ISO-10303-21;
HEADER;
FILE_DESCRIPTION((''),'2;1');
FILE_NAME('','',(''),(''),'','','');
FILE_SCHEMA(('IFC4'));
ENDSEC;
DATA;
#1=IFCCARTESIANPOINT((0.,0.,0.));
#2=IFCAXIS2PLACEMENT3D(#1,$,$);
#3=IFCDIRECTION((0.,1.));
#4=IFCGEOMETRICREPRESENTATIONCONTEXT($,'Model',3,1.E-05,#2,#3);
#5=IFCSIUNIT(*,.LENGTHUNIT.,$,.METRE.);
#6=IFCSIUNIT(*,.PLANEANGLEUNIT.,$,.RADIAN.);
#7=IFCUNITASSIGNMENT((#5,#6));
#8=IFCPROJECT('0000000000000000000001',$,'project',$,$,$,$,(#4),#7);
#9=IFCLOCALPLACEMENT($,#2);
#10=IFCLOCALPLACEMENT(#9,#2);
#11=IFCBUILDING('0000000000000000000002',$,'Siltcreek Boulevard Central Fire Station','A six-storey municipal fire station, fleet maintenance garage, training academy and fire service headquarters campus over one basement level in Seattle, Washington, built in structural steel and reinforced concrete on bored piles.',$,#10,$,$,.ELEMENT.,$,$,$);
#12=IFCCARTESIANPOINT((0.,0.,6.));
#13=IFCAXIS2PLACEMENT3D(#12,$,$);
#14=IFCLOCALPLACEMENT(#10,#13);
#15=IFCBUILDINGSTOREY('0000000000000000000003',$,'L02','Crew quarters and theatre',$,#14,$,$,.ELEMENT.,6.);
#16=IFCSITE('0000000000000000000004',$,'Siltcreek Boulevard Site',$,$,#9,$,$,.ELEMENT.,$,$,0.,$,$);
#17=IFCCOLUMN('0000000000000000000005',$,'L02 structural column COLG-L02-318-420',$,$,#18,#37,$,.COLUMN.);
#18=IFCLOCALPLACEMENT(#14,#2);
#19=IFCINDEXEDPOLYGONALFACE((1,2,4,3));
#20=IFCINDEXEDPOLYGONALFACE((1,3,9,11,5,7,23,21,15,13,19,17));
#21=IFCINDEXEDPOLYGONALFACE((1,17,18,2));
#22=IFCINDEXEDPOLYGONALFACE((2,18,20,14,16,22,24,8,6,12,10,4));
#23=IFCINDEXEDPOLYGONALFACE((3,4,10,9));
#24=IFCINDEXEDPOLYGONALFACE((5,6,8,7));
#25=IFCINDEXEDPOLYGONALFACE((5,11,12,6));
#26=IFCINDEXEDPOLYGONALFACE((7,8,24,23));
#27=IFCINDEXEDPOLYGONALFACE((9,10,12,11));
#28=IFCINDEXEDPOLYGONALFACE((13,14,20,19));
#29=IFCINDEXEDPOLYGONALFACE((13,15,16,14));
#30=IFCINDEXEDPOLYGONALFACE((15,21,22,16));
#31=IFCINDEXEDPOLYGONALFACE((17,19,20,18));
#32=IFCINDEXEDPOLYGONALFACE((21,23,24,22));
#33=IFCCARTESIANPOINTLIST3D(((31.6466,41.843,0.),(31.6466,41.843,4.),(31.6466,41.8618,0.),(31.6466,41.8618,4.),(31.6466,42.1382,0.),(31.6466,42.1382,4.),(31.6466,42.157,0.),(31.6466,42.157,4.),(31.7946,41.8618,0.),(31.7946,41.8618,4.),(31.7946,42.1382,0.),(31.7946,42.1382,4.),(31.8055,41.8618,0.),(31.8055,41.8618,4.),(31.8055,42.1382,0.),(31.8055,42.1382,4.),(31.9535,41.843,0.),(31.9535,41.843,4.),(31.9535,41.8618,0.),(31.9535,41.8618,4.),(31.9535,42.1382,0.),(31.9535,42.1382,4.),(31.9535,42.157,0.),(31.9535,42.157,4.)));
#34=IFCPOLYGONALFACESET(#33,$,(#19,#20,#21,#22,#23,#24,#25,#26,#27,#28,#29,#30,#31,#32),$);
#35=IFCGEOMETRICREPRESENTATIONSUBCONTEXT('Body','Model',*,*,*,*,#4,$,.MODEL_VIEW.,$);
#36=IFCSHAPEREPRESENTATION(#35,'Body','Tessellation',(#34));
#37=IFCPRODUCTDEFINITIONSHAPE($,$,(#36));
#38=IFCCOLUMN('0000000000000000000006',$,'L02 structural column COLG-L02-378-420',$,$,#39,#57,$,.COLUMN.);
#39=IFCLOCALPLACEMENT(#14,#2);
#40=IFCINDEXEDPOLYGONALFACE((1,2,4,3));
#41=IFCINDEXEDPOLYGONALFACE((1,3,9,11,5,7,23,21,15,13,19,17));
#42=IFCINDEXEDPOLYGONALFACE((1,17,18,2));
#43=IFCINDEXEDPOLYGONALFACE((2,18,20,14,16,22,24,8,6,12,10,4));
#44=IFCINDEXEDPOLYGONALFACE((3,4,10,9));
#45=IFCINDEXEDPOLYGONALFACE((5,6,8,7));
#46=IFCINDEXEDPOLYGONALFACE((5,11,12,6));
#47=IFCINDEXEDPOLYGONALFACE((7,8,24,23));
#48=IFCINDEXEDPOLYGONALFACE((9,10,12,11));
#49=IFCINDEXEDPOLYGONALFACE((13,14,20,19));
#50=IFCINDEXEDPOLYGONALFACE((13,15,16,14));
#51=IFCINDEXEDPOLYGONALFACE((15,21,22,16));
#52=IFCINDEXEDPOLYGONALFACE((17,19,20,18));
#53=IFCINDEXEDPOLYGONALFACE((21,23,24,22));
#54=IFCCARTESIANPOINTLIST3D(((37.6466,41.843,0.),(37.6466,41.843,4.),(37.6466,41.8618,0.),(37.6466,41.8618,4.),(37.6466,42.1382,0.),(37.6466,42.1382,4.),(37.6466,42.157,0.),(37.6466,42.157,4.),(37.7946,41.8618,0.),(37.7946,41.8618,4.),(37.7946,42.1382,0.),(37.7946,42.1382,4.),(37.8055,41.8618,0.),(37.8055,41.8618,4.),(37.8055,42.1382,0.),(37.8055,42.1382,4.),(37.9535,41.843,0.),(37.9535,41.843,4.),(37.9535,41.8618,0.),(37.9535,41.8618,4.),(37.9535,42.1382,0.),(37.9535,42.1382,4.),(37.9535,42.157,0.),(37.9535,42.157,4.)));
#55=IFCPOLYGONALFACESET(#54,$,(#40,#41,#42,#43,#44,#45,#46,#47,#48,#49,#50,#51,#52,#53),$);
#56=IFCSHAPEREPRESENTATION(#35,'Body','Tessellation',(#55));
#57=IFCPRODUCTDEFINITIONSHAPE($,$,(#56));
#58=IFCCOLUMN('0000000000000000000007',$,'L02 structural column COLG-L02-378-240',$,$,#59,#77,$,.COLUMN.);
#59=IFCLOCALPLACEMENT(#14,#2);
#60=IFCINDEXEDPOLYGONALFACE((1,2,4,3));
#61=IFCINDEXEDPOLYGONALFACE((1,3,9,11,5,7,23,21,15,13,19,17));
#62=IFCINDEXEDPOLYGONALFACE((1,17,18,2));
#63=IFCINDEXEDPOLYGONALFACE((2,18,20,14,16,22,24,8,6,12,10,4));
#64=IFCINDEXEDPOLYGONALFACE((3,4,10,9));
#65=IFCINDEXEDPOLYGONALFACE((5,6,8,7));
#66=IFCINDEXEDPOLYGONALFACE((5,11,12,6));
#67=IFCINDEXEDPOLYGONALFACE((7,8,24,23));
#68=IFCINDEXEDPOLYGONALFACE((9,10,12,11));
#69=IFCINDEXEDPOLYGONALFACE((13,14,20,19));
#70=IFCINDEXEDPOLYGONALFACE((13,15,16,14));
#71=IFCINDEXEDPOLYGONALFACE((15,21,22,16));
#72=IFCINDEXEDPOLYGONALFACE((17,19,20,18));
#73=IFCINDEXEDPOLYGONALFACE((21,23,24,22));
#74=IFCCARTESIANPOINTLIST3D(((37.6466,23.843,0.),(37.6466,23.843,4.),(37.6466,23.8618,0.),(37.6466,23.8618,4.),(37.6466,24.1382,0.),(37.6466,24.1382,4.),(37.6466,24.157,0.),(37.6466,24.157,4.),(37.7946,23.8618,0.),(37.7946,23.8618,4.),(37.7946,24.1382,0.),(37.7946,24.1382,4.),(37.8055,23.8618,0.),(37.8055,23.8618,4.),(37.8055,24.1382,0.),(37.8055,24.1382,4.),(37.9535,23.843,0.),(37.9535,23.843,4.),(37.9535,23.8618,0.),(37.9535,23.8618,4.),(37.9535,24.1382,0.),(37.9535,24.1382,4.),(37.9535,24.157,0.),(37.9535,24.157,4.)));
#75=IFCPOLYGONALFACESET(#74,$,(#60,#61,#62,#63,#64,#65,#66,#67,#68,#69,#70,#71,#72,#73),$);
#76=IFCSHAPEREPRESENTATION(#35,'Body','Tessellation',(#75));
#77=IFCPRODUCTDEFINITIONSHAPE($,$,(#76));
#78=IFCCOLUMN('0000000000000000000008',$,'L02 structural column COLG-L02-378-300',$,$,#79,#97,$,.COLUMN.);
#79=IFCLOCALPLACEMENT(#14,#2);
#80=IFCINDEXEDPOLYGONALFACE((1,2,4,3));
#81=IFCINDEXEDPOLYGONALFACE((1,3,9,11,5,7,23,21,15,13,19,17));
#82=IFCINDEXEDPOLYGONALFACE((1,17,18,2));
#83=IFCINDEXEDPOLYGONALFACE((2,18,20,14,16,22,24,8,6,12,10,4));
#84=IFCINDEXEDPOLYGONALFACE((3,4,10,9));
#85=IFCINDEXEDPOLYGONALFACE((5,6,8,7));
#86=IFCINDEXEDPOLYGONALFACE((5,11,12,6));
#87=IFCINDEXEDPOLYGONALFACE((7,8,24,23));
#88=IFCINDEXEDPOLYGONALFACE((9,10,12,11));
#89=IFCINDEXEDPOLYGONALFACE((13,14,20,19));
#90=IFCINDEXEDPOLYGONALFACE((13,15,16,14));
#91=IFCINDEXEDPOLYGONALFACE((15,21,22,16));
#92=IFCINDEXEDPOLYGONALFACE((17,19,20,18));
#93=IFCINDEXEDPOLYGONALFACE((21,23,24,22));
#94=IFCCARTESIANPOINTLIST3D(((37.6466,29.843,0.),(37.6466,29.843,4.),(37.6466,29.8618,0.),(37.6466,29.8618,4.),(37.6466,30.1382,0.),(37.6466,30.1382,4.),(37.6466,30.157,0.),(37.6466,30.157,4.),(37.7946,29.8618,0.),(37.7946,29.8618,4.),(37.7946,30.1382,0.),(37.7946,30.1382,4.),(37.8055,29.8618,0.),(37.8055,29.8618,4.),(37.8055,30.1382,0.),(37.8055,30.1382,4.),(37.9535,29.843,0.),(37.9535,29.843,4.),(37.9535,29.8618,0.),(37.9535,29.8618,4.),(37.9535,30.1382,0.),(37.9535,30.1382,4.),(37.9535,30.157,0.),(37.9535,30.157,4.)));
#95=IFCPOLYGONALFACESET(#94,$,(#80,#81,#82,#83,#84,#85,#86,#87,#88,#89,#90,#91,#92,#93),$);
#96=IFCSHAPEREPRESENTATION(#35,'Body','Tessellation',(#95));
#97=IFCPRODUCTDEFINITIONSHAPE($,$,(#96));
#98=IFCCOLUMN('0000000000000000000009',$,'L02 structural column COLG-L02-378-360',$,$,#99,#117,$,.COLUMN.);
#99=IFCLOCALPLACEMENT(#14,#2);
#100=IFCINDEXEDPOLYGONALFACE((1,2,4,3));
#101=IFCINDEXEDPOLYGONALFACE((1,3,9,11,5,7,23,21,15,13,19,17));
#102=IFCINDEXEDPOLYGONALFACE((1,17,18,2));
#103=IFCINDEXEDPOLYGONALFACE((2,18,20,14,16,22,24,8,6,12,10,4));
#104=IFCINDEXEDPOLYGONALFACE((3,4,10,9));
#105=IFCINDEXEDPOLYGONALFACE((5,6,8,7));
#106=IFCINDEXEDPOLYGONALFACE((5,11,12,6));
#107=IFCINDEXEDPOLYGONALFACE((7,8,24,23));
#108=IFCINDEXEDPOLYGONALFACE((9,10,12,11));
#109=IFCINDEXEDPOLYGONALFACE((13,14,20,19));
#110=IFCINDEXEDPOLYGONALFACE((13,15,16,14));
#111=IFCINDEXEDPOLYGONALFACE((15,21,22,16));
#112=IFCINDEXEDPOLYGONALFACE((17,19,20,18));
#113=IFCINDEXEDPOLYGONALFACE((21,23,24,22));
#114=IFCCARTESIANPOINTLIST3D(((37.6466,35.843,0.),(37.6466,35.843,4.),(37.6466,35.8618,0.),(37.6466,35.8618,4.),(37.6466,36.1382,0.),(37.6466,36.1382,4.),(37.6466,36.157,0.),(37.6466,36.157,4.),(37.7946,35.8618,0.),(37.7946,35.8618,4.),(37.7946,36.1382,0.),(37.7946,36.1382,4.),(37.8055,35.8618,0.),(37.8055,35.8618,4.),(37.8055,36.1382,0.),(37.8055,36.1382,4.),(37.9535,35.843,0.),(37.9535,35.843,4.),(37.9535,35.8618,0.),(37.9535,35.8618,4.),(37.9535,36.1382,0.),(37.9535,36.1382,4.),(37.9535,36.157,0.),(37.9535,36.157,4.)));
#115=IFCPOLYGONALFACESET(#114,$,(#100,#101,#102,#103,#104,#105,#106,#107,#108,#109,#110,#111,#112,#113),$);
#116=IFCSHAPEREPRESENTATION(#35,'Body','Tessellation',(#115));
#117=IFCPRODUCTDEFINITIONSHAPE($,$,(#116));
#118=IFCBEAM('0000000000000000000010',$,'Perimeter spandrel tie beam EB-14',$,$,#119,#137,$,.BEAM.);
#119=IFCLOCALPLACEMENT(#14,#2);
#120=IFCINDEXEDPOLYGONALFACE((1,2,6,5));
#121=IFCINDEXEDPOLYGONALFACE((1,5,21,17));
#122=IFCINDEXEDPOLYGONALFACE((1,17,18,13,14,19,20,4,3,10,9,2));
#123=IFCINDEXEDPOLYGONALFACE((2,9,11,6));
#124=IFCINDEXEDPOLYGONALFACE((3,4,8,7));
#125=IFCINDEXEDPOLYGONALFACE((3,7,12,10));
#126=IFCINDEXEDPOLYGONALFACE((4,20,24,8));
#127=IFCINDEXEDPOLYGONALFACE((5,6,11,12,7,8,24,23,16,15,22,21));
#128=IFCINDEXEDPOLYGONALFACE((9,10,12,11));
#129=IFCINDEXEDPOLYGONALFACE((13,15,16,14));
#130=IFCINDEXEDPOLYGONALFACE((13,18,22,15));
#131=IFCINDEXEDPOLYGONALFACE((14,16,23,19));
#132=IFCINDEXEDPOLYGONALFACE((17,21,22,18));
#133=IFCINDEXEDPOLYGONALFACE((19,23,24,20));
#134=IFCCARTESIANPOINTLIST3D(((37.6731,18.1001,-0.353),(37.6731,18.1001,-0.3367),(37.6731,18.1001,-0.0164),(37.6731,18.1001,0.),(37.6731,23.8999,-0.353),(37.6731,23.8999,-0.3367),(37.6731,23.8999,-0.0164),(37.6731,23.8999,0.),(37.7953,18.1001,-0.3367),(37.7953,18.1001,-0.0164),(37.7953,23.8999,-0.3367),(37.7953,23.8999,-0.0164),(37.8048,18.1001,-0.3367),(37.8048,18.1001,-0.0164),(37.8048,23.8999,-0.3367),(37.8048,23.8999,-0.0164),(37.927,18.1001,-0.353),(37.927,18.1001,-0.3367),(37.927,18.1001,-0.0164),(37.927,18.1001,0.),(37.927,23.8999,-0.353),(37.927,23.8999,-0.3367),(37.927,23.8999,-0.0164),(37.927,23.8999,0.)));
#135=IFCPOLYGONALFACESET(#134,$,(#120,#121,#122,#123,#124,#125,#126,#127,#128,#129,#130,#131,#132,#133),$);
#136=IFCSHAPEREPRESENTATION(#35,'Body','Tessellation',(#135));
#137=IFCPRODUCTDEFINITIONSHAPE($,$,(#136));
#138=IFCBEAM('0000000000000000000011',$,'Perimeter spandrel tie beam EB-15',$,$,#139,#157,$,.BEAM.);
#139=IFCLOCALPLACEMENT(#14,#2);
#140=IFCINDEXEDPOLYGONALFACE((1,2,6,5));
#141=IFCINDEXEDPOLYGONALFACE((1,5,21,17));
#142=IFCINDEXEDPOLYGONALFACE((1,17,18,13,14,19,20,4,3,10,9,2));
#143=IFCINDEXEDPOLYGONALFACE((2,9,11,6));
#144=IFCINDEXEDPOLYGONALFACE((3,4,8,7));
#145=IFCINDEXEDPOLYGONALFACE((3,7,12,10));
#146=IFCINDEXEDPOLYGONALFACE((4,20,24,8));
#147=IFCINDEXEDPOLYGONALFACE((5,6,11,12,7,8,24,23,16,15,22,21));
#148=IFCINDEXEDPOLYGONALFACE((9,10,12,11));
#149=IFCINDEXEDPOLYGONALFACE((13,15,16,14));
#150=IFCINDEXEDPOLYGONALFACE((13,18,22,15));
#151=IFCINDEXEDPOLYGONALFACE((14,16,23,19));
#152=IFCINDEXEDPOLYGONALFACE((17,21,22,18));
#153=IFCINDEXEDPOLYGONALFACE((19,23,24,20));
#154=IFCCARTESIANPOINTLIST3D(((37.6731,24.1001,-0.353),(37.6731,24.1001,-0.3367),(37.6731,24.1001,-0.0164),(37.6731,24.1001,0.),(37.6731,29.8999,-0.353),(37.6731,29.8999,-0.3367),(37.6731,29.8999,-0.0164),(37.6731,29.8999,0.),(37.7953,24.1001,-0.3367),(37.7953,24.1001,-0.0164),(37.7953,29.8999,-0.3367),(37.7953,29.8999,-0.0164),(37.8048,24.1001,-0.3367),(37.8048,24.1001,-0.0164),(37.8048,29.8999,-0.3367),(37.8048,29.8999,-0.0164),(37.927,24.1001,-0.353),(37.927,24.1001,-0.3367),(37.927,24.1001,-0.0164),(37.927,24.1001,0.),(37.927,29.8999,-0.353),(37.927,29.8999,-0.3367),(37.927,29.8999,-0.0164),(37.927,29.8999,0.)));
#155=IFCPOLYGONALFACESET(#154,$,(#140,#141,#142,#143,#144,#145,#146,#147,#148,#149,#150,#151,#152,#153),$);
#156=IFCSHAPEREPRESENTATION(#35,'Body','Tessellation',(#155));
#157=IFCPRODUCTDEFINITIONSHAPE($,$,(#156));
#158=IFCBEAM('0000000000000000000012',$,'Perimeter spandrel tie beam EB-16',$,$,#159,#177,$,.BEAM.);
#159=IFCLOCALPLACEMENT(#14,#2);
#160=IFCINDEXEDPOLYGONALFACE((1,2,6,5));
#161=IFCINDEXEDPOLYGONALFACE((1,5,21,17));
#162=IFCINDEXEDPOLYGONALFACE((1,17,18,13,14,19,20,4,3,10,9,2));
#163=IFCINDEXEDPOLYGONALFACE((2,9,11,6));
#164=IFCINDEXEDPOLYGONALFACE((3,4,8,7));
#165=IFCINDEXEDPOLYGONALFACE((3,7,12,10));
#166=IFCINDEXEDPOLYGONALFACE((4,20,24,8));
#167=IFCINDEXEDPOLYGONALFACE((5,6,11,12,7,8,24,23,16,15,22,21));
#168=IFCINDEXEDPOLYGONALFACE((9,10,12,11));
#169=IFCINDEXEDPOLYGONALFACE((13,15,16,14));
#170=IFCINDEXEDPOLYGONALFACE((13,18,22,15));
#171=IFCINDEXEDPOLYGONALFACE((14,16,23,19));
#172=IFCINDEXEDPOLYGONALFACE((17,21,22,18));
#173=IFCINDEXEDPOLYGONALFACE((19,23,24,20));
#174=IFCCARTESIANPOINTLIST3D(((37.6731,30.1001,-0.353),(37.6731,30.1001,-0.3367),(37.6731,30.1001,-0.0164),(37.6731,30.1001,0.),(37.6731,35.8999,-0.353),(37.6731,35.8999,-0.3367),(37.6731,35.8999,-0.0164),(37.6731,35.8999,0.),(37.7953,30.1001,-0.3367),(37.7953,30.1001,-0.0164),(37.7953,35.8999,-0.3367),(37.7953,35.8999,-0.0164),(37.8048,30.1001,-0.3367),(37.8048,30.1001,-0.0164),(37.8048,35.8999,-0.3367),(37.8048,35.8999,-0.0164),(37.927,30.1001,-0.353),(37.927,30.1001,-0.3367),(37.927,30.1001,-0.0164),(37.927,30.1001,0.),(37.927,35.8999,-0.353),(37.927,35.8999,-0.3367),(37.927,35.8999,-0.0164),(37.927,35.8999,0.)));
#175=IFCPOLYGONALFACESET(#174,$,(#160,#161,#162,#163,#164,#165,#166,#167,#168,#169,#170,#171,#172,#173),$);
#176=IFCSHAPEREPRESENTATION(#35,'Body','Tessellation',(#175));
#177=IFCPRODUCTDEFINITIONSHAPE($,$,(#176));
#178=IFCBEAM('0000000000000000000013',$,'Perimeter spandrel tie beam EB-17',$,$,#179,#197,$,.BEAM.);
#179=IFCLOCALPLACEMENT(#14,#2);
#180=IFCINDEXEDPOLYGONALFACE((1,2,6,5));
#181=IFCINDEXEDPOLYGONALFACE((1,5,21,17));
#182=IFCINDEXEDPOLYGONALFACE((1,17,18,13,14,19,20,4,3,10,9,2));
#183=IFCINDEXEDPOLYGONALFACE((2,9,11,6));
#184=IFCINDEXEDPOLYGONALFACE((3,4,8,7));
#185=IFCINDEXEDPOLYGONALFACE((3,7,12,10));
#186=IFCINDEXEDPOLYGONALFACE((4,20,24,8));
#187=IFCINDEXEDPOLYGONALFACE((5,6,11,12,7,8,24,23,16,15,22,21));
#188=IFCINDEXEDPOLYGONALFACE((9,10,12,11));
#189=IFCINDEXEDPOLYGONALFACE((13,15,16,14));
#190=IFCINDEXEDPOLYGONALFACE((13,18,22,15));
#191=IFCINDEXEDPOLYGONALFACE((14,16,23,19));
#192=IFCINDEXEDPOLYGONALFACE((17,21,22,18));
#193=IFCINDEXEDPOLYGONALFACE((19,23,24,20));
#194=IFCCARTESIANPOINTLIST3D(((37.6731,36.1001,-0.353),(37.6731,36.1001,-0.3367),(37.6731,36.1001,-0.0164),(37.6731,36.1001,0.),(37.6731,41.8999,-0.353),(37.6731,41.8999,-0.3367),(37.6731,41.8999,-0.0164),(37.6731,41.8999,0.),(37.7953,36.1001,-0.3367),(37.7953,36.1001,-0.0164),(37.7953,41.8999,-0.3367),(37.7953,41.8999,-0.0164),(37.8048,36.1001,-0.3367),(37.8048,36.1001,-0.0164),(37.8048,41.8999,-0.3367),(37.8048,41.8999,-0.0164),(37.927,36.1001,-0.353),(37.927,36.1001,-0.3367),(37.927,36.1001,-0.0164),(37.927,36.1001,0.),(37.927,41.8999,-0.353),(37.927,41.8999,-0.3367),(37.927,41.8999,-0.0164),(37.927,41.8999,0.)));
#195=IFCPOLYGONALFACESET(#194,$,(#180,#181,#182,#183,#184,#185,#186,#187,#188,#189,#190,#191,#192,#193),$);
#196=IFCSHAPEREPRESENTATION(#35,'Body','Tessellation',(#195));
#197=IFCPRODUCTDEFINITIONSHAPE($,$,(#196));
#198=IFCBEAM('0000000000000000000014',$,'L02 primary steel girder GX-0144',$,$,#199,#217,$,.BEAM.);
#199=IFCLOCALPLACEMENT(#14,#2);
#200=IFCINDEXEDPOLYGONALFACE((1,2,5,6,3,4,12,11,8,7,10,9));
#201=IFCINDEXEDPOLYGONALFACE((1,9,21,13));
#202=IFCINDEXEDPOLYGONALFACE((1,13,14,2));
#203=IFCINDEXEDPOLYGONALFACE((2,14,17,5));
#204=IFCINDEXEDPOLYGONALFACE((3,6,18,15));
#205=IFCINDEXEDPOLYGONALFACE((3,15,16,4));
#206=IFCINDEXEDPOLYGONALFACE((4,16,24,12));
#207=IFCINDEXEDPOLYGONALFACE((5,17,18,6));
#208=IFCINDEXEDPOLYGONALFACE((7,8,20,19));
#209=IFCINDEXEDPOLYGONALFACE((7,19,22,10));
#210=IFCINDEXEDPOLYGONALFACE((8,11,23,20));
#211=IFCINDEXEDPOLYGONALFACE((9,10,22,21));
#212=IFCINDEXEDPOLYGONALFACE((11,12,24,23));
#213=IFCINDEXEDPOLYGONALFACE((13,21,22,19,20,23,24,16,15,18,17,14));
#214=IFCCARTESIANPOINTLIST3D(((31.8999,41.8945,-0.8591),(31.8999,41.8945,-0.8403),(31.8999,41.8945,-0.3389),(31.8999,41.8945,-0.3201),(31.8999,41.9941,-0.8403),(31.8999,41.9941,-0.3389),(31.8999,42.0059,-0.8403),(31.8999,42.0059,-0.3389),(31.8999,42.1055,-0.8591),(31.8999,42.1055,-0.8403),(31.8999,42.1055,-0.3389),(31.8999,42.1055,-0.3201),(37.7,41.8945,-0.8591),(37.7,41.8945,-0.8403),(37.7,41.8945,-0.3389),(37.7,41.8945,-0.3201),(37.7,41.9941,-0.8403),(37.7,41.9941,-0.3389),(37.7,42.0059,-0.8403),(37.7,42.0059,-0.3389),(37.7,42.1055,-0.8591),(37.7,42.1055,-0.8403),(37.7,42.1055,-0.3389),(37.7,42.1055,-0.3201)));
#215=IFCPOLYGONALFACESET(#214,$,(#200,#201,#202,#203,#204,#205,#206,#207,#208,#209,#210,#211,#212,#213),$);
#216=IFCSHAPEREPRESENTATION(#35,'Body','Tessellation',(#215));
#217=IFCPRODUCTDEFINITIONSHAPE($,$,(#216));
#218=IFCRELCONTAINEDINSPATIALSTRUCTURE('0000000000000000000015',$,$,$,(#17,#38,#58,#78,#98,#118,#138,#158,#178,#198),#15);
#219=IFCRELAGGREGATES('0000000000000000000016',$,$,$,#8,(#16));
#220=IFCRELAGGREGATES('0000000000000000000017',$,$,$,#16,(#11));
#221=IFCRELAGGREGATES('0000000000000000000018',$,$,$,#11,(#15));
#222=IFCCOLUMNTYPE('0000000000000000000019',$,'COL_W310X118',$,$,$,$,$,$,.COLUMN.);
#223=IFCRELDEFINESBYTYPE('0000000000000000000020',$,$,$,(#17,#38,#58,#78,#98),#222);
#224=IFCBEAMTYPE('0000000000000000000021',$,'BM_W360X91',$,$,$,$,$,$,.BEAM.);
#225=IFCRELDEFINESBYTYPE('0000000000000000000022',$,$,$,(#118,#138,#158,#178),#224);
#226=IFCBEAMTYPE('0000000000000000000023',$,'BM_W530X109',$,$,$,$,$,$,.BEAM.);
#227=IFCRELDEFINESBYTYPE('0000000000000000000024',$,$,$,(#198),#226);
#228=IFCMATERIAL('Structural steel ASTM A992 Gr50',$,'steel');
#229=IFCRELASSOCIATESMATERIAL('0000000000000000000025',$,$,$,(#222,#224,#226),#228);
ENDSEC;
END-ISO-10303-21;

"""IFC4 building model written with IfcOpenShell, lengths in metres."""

from ifc_helpers import new_model, si_unit, direction, frame, origin, origin_2d, place, context, subcontext, project, spatial, i_section, extrude, material, material_profile, profile_set, type_object, element, save


model = new_model("IFC4")

# Units and contexts
model_context = context("Model", 3, precision=1e-05, world=origin(), true_north=direction((0.0, 1.0)))
body_context = subcontext(model_context, "Body", "Model", "MODEL_VIEW")
ifc_project = project(units=[si_unit("LENGTHUNIT", "METRE"), si_unit("PLANEANGLEUNIT", "RADIAN")], contexts=[model_context])

# Site, building, storey
site_placement = place(None, origin())
site = spatial("IfcSite", under=ifc_project, at=site_placement, Name="Siltcreek Boulevard Site", CompositionType="ELEMENT", RefElevation=0.0)
building_placement = place(site_placement, origin())
building = spatial("IfcBuilding", under=site, at=building_placement, Name="Siltcreek Boulevard Central Fire Station", Description="A six-storey municipal fire station, fleet maintenance garage, training academy and fire service headquarters campus over one basement level in Seattle, Washington, built in structural steel and reinforced concrete on bored piles.", CompositionType="ELEMENT")
storey_placement = place(building_placement, frame((0.0, 0.0, 6.0)))
storey = spatial("IfcBuildingStorey", under=building, at=storey_placement, Name="L02", Description="Crew quarters and theatre", CompositionType="ELEMENT", Elevation=6.0)

# Columns
ifc_material_1 = material(Name="Structural steel ASTM A992 Gr50", Category="steel")
ifc_material_profile_1 = material_profile(ifc_material_1, i_section(OverallWidth=0.3069, OverallDepth=0.314, WebThickness=0.011, FlangeThickness=0.0188, at=origin_2d()), Name="W310X118")
ifc_profile_set_1 = profile_set([ifc_material_profile_1], Name="Structural steel ASTM A992 Gr50")
column_type = type_object("IfcColumnType", Name="COL_W310X118", PredefinedType="COLUMN", material=ifc_profile_set_1)
for number, where, z_axis, x_axis, name in (
    (1, (31.8, 42.0, 0.0), (0.0, 0.0, 1.0), (1.0, 0.0, 0.0), "L02 structural column COLG-L02-318-420"),
    (2, (37.8, 42.0, 0.0), (0.0, 0.0, 1.0), (1.0, 0.0, 0.0), "L02 structural column COLG-L02-378-420"),
    (3, (37.8, 24.0, 0.0), (0.0, 0.0, 1.0), (1.0, 0.0, 0.0), "L02 structural column COLG-L02-378-240"),
    (4, (37.8, 30.0, 0.0), (0.0, 0.0, 1.0), (1.0, 0.0, 0.0), "L02 structural column COLG-L02-378-300"),
    (5, (37.8, 36.0, 0.0), (0.0, 0.0, 1.0), (1.0, 0.0, 0.0), "L02 structural column COLG-L02-378-360"),
):
    element("IfcColumn", number, at=place(storey_placement, frame(where, z_axis=z_axis, x_axis=x_axis)), inside=storey, type_object=column_type, Name=name, PredefinedType="COLUMN", context=body_context, shape_type="SweptSolid", body=[
        extrude(i_section(OverallWidth=0.3069, OverallDepth=0.314, WebThickness=0.011, FlangeThickness=0.0188, at=origin_2d()), origin(), (0.0, 0.0, 1.0), 4.0),
    ])

# Beams
ifc_material_profile_2 = material_profile(ifc_material_1, i_section(OverallWidth=0.2539, OverallDepth=0.353, WebThickness=0.0095, FlangeThickness=0.0164, at=origin_2d()), Name="W360X91")
ifc_profile_set_2 = profile_set([ifc_material_profile_2], Name="Structural steel ASTM A992 Gr50")
beam_type_1 = type_object("IfcBeamType", Name="BM_W360X91", PredefinedType="BEAM", material=ifc_profile_set_2)
for number, where, z_axis, x_axis, name in (
    (6, (37.8, 18.1001, -0.1765), (0.0, 1.0, 0.0), (-1.0, 0.0, 0.0), "Perimeter spandrel tie beam EB-14"),
    (7, (37.8, 24.1001, -0.1765), (0.0, 1.0, 0.0), (-1.0, 0.0, 0.0), "Perimeter spandrel tie beam EB-15"),
    (8, (37.8, 30.1001, -0.1765), (0.0, 1.0, 0.0), (-1.0, 0.0, 0.0), "Perimeter spandrel tie beam EB-16"),
    (9, (37.8, 36.1001, -0.1765), (0.0, 1.0, 0.0), (-1.0, 0.0, 0.0), "Perimeter spandrel tie beam EB-17"),
):
    element("IfcBeam", number, at=place(storey_placement, frame(where, z_axis=z_axis, x_axis=x_axis)), inside=storey, type_object=beam_type_1, Name=name, PredefinedType="BEAM", context=body_context, shape_type="SweptSolid", body=[
        extrude(i_section(OverallWidth=0.2539, OverallDepth=0.353, WebThickness=0.0095, FlangeThickness=0.0164, at=origin_2d()), origin(), (0.0, 0.0, 1.0), 5.7998),
    ])
ifc_material_profile_3 = material_profile(ifc_material_1, i_section(OverallWidth=0.2109, OverallDepth=0.5391, WebThickness=0.0117, FlangeThickness=0.0188, at=origin_2d()), Name="W530X109")
ifc_profile_set_3 = profile_set([ifc_material_profile_3], Name="Structural steel ASTM A992 Gr50")
beam_type_2 = type_object("IfcBeamType", Name="BM_W530X109", PredefinedType="BEAM", material=ifc_profile_set_3)
beam_placement = place(storey_placement, frame((31.8999, 42.0, -0.5896), z_axis=(1.0, 0.0, 0.0), x_axis=(0.0, 1.0, 0.0)))
element("IfcBeam", 10, at=beam_placement, inside=storey, type_object=beam_type_2, Name="L02 primary steel girder GX-0144", PredefinedType="BEAM", context=body_context, shape_type="SweptSolid", body=[
    extrude(i_section(OverallWidth=0.2109, OverallDepth=0.5391, WebThickness=0.0117, FlangeThickness=0.0188, at=origin_2d()), origin(), (0.0, 0.0, 1.0), 5.8),
])

save(model, "model.ifc")
